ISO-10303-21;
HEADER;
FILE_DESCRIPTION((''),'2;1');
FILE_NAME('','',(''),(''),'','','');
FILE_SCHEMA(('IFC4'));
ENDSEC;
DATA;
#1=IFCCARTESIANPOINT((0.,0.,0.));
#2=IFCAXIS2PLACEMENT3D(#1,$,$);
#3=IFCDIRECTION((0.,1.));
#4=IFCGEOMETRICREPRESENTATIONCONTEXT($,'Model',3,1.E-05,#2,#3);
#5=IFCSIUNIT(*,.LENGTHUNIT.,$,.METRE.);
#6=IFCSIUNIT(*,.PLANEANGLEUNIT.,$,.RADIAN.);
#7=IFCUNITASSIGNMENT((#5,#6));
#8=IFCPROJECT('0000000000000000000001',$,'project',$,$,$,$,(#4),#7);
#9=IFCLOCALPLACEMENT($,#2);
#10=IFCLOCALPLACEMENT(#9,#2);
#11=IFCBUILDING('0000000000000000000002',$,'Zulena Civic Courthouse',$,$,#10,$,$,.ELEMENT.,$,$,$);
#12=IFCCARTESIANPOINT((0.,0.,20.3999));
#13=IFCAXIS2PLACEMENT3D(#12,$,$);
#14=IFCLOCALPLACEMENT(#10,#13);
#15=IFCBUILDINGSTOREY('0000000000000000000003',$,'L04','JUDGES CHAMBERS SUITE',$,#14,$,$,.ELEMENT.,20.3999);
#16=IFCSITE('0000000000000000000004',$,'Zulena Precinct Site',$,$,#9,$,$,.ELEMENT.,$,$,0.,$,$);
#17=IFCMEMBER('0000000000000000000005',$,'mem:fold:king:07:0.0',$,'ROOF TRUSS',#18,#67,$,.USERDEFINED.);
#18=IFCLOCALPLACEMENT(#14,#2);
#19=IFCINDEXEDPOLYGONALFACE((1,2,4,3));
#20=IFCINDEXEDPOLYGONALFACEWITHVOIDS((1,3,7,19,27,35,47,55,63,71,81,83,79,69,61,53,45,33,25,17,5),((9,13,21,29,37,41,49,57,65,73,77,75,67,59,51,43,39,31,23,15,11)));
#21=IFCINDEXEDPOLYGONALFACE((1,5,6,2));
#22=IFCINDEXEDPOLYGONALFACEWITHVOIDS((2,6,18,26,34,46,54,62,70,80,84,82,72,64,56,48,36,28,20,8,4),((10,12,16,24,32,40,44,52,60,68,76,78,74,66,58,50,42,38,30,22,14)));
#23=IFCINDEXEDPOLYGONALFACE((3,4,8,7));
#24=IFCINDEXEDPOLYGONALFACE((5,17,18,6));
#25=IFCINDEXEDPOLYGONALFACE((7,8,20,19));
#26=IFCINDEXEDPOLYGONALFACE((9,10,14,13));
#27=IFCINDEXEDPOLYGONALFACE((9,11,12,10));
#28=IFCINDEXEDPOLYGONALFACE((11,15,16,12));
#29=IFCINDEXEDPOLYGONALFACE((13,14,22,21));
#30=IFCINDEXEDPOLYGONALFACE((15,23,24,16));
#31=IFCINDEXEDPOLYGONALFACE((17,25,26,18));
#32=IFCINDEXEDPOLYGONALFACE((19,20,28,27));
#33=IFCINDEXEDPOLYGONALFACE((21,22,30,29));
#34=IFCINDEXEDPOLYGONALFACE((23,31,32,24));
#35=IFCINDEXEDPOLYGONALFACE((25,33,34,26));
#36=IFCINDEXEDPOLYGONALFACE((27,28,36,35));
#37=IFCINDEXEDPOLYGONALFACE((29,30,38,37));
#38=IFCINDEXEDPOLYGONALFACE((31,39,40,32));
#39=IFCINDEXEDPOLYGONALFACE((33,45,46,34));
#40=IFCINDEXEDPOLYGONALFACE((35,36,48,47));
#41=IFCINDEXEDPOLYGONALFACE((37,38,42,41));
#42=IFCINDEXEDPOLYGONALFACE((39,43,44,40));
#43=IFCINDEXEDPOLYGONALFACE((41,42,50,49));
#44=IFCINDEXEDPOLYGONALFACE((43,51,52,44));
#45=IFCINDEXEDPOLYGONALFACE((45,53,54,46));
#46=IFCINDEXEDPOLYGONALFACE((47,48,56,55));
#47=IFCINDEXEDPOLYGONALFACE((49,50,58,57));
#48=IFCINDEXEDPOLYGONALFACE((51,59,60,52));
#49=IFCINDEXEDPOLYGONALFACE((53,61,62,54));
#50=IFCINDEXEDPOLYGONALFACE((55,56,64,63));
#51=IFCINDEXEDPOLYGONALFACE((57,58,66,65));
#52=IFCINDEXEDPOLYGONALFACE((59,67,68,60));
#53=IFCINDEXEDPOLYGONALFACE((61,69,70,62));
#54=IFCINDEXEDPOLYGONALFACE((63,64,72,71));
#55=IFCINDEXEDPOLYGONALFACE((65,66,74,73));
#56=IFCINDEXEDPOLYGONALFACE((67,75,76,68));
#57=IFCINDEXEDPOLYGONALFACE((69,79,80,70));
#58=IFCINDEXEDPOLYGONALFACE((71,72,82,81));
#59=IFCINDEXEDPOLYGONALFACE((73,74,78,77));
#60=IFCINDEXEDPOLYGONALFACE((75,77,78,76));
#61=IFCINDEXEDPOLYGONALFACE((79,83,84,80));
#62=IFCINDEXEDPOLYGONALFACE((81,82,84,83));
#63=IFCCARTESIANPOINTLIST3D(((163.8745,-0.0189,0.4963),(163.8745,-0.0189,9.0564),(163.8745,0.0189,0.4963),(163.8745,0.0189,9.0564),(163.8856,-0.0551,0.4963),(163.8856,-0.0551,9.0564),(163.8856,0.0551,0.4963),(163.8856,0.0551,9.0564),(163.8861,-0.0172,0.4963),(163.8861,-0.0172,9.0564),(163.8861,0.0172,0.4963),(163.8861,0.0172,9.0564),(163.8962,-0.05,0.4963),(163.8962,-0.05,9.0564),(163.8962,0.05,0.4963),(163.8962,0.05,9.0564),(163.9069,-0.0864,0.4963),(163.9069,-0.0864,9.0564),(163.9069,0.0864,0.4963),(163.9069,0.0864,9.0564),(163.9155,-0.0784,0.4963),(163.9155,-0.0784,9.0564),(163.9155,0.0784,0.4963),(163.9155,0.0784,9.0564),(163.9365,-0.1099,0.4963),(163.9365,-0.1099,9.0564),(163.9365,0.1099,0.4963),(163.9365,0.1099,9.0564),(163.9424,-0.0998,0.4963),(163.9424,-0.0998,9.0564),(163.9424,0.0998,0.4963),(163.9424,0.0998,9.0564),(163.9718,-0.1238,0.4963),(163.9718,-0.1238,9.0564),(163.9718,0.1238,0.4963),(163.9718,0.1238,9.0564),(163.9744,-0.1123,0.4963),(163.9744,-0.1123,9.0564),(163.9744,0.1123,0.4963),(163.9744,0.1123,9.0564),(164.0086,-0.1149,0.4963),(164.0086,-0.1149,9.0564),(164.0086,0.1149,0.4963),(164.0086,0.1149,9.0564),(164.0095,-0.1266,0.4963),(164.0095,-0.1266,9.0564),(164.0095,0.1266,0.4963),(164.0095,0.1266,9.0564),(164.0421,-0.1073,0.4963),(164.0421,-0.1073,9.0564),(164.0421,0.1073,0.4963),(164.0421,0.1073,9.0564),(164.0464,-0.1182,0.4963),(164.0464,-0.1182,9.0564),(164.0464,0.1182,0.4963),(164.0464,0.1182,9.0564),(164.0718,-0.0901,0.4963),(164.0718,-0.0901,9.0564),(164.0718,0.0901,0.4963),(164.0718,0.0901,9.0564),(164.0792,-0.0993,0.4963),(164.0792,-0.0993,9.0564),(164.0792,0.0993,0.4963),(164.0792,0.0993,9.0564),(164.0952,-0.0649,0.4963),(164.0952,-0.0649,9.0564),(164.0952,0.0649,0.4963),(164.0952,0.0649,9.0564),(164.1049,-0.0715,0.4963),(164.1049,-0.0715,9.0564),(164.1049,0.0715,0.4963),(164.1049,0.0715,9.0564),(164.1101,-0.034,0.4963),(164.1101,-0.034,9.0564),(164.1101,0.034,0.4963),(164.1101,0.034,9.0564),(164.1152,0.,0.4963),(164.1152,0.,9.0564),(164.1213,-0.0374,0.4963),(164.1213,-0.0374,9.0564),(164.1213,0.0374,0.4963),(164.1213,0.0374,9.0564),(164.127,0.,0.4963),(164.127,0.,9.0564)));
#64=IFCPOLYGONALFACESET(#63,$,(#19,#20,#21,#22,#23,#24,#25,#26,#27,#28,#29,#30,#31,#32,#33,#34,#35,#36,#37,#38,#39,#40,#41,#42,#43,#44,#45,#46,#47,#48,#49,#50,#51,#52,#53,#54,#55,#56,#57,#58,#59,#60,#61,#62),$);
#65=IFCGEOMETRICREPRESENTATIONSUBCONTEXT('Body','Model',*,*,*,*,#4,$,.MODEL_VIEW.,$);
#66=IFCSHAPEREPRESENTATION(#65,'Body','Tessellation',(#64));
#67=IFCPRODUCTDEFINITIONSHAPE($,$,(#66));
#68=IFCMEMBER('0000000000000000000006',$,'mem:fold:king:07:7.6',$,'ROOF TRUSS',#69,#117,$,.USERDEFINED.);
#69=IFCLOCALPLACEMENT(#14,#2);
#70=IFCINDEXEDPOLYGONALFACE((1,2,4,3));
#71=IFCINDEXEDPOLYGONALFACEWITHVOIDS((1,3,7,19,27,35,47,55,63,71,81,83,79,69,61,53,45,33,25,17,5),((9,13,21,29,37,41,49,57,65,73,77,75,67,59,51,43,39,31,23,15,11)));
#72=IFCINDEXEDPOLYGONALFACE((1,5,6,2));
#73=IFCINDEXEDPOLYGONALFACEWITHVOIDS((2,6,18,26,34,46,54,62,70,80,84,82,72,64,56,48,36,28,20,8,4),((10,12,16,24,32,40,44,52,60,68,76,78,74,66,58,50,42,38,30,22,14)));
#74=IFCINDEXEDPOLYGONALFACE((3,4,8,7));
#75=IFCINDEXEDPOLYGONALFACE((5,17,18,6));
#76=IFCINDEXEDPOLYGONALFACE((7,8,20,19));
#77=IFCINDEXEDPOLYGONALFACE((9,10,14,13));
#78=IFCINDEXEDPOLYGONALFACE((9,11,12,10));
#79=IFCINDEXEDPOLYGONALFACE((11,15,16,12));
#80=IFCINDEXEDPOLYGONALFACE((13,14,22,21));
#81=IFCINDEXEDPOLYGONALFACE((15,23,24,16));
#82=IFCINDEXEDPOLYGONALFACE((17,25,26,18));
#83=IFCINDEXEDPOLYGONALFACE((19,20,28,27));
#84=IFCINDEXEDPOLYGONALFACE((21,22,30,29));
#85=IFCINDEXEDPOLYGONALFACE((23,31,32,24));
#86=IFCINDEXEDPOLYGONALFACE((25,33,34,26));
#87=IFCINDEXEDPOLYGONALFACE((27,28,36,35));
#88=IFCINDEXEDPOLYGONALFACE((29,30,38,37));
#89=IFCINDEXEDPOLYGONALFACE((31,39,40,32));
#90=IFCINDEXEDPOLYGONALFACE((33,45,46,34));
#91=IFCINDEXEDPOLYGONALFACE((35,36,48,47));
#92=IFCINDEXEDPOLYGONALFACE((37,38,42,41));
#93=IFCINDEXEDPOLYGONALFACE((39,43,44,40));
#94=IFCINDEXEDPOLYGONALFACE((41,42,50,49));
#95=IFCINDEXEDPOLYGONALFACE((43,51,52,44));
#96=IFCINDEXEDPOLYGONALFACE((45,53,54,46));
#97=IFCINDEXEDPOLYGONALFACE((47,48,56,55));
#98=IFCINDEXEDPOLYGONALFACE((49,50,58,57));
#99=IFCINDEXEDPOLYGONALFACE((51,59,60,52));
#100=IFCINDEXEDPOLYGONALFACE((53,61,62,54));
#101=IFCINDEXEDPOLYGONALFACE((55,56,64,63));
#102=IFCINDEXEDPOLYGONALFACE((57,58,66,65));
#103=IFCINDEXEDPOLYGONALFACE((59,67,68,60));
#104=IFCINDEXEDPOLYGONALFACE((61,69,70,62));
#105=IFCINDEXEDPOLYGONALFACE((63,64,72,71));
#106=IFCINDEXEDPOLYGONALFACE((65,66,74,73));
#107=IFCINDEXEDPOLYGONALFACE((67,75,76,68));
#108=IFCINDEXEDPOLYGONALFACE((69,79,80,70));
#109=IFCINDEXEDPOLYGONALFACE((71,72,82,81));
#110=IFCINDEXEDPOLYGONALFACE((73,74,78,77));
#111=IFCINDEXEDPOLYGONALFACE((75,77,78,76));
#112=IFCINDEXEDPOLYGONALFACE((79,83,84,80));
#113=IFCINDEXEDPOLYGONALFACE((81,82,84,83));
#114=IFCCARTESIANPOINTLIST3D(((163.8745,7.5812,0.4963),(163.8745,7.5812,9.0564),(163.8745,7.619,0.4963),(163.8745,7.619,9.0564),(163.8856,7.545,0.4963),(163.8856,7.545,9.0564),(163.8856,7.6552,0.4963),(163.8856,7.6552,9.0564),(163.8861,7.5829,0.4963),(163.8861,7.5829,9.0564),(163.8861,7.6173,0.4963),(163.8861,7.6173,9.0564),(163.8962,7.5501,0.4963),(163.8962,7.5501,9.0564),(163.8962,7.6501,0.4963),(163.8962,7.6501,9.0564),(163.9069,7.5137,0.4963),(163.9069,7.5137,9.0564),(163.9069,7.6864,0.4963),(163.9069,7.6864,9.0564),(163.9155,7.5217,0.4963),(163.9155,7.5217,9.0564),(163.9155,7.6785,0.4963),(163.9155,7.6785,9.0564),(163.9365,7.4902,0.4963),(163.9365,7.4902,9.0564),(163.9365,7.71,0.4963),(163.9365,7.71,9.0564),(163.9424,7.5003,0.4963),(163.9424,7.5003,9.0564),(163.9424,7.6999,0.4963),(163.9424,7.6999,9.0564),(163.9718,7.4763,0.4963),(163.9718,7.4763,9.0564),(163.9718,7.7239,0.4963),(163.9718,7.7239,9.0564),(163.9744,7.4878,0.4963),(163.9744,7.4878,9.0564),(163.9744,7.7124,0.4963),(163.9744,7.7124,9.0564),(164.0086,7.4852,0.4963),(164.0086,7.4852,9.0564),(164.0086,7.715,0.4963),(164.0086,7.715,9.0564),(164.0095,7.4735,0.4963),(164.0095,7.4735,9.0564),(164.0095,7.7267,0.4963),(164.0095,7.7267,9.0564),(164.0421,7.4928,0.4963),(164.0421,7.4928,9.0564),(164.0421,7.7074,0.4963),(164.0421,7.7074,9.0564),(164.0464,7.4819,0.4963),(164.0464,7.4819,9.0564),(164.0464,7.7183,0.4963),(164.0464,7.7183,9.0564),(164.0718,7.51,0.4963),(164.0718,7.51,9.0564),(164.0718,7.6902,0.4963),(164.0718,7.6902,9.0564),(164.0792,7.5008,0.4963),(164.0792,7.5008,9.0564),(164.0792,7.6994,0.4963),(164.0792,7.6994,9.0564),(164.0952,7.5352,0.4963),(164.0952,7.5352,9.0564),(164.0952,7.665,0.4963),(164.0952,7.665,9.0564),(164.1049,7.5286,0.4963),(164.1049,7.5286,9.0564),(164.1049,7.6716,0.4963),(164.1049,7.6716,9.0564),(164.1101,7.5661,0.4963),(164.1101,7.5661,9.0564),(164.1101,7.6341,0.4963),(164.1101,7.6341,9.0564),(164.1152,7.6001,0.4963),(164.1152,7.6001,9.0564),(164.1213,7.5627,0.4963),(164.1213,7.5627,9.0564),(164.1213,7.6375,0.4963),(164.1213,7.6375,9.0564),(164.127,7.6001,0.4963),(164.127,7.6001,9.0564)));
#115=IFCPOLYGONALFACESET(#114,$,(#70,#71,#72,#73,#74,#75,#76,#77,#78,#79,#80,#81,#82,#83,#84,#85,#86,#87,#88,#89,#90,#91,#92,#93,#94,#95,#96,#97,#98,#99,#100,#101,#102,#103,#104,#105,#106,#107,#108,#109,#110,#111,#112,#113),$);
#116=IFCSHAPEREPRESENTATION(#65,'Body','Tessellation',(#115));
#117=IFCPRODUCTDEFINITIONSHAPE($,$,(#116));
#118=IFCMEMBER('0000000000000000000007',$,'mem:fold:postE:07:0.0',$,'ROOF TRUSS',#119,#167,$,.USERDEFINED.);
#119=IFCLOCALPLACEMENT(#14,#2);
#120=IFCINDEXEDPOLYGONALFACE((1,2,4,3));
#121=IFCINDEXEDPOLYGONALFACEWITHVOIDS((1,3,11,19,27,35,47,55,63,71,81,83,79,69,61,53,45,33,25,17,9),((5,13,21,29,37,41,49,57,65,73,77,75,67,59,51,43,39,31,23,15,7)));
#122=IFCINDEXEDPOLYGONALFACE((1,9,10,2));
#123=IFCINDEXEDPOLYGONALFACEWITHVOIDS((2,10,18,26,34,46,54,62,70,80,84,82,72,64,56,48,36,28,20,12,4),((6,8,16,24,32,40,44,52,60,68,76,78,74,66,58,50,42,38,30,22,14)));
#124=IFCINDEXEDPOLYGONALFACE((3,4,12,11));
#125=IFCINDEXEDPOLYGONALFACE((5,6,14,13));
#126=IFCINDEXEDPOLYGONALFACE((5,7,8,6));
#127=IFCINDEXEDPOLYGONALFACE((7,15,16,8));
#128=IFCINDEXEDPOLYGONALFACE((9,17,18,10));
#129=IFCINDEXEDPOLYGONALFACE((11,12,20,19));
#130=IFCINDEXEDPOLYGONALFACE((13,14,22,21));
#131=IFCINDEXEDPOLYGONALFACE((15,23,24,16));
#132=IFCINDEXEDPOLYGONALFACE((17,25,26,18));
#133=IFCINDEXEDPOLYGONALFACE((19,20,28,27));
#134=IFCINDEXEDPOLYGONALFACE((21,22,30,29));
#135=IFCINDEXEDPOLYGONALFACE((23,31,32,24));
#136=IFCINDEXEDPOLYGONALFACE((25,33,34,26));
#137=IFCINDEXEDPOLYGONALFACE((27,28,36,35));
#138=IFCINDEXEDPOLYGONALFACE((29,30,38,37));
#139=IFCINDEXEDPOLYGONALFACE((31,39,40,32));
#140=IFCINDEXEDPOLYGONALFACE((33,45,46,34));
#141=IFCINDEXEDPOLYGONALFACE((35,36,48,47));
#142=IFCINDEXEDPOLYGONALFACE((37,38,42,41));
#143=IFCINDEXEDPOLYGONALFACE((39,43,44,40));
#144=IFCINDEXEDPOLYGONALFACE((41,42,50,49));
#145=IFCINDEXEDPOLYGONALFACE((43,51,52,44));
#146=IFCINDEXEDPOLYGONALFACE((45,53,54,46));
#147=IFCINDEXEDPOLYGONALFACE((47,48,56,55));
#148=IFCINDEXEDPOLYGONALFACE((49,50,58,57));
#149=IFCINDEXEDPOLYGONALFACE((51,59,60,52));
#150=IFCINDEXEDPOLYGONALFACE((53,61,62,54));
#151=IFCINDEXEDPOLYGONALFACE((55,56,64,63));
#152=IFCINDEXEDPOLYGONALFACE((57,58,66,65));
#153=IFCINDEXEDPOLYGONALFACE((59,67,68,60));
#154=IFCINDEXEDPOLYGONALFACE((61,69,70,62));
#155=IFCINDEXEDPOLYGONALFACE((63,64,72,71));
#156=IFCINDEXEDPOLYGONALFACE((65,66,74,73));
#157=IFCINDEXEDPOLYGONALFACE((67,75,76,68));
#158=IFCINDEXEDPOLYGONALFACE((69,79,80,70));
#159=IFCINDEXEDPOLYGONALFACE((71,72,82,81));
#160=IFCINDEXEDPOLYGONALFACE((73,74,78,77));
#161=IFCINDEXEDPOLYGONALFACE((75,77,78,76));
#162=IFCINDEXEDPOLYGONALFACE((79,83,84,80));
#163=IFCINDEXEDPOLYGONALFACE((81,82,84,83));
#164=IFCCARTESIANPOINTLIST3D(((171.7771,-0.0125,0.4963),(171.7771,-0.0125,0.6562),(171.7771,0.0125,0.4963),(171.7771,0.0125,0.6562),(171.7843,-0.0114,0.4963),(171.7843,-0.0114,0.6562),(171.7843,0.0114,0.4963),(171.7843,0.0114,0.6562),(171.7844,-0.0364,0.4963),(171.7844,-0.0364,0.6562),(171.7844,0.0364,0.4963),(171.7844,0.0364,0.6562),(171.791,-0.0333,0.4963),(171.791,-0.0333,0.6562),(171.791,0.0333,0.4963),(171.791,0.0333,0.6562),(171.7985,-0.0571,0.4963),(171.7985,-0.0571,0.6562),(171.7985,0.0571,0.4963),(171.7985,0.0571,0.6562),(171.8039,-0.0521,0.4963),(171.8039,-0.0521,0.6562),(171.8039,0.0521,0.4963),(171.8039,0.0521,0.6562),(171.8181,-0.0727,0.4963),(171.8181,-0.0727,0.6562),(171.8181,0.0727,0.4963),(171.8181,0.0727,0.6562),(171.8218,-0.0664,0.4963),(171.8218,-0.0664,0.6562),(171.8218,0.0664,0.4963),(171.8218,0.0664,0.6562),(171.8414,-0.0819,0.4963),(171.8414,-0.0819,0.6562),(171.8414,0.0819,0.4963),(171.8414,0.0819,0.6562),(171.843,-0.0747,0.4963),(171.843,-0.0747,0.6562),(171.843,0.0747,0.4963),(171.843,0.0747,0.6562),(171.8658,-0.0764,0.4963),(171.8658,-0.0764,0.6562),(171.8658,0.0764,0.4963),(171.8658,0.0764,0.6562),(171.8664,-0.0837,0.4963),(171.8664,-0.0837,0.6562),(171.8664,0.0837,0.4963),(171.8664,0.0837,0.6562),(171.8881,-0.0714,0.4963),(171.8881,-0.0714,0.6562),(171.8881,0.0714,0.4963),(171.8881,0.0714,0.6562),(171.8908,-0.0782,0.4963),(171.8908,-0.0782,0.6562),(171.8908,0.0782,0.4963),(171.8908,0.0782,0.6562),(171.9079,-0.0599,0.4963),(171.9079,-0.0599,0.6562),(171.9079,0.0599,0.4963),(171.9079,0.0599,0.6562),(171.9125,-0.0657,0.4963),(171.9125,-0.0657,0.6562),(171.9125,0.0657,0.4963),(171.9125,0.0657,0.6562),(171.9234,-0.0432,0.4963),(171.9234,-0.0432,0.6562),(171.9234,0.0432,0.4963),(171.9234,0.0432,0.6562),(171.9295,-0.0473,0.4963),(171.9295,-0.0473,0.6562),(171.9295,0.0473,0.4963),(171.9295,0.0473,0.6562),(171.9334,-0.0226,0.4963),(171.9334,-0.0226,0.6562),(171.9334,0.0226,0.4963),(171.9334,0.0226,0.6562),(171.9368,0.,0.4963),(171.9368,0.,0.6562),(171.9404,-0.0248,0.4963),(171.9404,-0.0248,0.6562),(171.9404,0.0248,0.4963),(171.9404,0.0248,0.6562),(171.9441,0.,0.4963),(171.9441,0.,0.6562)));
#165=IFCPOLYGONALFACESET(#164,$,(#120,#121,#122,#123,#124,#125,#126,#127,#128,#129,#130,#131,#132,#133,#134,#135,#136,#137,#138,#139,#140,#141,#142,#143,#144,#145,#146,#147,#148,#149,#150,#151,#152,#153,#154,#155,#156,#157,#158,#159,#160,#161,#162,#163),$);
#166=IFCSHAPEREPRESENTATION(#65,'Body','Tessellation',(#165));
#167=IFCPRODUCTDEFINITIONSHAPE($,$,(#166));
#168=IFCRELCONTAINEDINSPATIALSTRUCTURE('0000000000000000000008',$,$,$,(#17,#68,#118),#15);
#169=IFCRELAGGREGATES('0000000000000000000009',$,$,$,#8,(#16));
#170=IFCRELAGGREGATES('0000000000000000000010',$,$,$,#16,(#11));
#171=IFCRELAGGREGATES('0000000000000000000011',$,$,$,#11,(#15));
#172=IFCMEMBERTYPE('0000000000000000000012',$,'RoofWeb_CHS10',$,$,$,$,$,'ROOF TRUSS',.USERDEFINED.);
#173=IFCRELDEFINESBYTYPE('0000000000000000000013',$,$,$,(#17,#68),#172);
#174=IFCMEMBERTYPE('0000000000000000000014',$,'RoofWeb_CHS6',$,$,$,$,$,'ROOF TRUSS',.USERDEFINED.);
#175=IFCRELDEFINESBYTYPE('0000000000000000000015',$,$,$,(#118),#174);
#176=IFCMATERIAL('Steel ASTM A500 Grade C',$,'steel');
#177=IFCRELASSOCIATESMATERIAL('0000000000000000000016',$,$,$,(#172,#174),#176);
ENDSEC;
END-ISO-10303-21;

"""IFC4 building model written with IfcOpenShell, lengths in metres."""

from ifc_helpers import new_model, si_unit, direction, frame, origin, origin_2d, place, context, subcontext, project, spatial, hollow_circle, extrude, material, material_profile, profile_set, type_object, element, save


model = new_model("IFC4")

# Units and contexts
model_context = context("Model", 3, precision=1e-05, world=origin(), true_north=direction((0.0, 1.0)))
body_context = subcontext(model_context, "Body", "Model", "MODEL_VIEW")
ifc_project = project(units=[si_unit("LENGTHUNIT", "METRE"), si_unit("PLANEANGLEUNIT", "RADIAN")], contexts=[model_context])

# Site, building, storey
site_placement = place(None, origin())
site = spatial("IfcSite", under=ifc_project, at=site_placement, Name="Zulena Precinct Site", CompositionType="ELEMENT", RefElevation=0.0)
building_placement = place(site_placement, origin())
building = spatial("IfcBuilding", under=site, at=building_placement, Name="Zulena Civic Courthouse", CompositionType="ELEMENT")
storey_placement = place(building_placement, frame((0.0, 0.0, 20.3999)))
storey = spatial("IfcBuildingStorey", under=building, at=storey_placement, Name="L04", Description="JUDGES CHAMBERS SUITE", CompositionType="ELEMENT", Elevation=20.3999)

# Members
ifc_material_1 = material(Name="Steel ASTM A500 Grade C", Category="steel")
ifc_material_profile_1 = material_profile(ifc_material_1, hollow_circle(Radius=0.127, WallThickness=0.0117, at=origin_2d()), Name="HSS10.000X0.500")
ifc_profile_set_1 = profile_set([ifc_material_profile_1], Name="Steel ASTM A500 Grade C")
member_type_1 = type_object("IfcMemberType", Name="RoofWeb_CHS10", ElementType="ROOF TRUSS", PredefinedType="USERDEFINED", material=ifc_profile_set_1)
for number, where, z_axis, x_axis, name in (
    (1, (164.0, 0.0, 0.4963), (0.0, 0.0, 1.0), (1.0, 0.0, 0.0), "mem:fold:king:07:0.0"),
    (2, (164.0, 7.6001, 0.4963), (0.0, 0.0, 1.0), (1.0, 0.0, 0.0), "mem:fold:king:07:7.6"),
):
    element("IfcMember", number, at=place(storey_placement, frame(where, z_axis=z_axis, x_axis=x_axis)), inside=storey, type_object=member_type_1, Name=name, ObjectType="ROOF TRUSS", PredefinedType="USERDEFINED", context=body_context, shape_type="SweptSolid", body=[
        extrude(hollow_circle(Radius=0.127, WallThickness=0.0117, at=origin_2d()), origin(), (0.0, 0.0, 1.0), 8.5601),
    ])
ifc_material_profile_2 = material_profile(ifc_material_1, hollow_circle(Radius=0.084, WallThickness=0.0073, at=origin_2d()), Name="HSS6.625X0.312")
ifc_profile_set_2 = profile_set([ifc_material_profile_2], Name="Steel ASTM A500 Grade C")
member_type_2 = type_object("IfcMemberType", Name="RoofWeb_CHS6", ElementType="ROOF TRUSS", PredefinedType="USERDEFINED", material=ifc_profile_set_2)
for number, where, z_axis, x_axis, name in (
    (3, (171.8601, 0.0, 0.4963), (0.0, 0.0, 1.0), (1.0, 0.0, 0.0), "mem:fold:postE:07:0.0"),
):
    element("IfcMember", number, at=place(storey_placement, frame(where, z_axis=z_axis, x_axis=x_axis)), inside=storey, type_object=member_type_2, Name=name, ObjectType="ROOF TRUSS", PredefinedType="USERDEFINED", context=body_context, shape_type="SweptSolid", body=[
        extrude(hollow_circle(Radius=0.084, WallThickness=0.0073, at=origin_2d()), origin(), (0.0, 0.0, 1.0), 0.1599),
    ])

save(model, "model.ifc")
